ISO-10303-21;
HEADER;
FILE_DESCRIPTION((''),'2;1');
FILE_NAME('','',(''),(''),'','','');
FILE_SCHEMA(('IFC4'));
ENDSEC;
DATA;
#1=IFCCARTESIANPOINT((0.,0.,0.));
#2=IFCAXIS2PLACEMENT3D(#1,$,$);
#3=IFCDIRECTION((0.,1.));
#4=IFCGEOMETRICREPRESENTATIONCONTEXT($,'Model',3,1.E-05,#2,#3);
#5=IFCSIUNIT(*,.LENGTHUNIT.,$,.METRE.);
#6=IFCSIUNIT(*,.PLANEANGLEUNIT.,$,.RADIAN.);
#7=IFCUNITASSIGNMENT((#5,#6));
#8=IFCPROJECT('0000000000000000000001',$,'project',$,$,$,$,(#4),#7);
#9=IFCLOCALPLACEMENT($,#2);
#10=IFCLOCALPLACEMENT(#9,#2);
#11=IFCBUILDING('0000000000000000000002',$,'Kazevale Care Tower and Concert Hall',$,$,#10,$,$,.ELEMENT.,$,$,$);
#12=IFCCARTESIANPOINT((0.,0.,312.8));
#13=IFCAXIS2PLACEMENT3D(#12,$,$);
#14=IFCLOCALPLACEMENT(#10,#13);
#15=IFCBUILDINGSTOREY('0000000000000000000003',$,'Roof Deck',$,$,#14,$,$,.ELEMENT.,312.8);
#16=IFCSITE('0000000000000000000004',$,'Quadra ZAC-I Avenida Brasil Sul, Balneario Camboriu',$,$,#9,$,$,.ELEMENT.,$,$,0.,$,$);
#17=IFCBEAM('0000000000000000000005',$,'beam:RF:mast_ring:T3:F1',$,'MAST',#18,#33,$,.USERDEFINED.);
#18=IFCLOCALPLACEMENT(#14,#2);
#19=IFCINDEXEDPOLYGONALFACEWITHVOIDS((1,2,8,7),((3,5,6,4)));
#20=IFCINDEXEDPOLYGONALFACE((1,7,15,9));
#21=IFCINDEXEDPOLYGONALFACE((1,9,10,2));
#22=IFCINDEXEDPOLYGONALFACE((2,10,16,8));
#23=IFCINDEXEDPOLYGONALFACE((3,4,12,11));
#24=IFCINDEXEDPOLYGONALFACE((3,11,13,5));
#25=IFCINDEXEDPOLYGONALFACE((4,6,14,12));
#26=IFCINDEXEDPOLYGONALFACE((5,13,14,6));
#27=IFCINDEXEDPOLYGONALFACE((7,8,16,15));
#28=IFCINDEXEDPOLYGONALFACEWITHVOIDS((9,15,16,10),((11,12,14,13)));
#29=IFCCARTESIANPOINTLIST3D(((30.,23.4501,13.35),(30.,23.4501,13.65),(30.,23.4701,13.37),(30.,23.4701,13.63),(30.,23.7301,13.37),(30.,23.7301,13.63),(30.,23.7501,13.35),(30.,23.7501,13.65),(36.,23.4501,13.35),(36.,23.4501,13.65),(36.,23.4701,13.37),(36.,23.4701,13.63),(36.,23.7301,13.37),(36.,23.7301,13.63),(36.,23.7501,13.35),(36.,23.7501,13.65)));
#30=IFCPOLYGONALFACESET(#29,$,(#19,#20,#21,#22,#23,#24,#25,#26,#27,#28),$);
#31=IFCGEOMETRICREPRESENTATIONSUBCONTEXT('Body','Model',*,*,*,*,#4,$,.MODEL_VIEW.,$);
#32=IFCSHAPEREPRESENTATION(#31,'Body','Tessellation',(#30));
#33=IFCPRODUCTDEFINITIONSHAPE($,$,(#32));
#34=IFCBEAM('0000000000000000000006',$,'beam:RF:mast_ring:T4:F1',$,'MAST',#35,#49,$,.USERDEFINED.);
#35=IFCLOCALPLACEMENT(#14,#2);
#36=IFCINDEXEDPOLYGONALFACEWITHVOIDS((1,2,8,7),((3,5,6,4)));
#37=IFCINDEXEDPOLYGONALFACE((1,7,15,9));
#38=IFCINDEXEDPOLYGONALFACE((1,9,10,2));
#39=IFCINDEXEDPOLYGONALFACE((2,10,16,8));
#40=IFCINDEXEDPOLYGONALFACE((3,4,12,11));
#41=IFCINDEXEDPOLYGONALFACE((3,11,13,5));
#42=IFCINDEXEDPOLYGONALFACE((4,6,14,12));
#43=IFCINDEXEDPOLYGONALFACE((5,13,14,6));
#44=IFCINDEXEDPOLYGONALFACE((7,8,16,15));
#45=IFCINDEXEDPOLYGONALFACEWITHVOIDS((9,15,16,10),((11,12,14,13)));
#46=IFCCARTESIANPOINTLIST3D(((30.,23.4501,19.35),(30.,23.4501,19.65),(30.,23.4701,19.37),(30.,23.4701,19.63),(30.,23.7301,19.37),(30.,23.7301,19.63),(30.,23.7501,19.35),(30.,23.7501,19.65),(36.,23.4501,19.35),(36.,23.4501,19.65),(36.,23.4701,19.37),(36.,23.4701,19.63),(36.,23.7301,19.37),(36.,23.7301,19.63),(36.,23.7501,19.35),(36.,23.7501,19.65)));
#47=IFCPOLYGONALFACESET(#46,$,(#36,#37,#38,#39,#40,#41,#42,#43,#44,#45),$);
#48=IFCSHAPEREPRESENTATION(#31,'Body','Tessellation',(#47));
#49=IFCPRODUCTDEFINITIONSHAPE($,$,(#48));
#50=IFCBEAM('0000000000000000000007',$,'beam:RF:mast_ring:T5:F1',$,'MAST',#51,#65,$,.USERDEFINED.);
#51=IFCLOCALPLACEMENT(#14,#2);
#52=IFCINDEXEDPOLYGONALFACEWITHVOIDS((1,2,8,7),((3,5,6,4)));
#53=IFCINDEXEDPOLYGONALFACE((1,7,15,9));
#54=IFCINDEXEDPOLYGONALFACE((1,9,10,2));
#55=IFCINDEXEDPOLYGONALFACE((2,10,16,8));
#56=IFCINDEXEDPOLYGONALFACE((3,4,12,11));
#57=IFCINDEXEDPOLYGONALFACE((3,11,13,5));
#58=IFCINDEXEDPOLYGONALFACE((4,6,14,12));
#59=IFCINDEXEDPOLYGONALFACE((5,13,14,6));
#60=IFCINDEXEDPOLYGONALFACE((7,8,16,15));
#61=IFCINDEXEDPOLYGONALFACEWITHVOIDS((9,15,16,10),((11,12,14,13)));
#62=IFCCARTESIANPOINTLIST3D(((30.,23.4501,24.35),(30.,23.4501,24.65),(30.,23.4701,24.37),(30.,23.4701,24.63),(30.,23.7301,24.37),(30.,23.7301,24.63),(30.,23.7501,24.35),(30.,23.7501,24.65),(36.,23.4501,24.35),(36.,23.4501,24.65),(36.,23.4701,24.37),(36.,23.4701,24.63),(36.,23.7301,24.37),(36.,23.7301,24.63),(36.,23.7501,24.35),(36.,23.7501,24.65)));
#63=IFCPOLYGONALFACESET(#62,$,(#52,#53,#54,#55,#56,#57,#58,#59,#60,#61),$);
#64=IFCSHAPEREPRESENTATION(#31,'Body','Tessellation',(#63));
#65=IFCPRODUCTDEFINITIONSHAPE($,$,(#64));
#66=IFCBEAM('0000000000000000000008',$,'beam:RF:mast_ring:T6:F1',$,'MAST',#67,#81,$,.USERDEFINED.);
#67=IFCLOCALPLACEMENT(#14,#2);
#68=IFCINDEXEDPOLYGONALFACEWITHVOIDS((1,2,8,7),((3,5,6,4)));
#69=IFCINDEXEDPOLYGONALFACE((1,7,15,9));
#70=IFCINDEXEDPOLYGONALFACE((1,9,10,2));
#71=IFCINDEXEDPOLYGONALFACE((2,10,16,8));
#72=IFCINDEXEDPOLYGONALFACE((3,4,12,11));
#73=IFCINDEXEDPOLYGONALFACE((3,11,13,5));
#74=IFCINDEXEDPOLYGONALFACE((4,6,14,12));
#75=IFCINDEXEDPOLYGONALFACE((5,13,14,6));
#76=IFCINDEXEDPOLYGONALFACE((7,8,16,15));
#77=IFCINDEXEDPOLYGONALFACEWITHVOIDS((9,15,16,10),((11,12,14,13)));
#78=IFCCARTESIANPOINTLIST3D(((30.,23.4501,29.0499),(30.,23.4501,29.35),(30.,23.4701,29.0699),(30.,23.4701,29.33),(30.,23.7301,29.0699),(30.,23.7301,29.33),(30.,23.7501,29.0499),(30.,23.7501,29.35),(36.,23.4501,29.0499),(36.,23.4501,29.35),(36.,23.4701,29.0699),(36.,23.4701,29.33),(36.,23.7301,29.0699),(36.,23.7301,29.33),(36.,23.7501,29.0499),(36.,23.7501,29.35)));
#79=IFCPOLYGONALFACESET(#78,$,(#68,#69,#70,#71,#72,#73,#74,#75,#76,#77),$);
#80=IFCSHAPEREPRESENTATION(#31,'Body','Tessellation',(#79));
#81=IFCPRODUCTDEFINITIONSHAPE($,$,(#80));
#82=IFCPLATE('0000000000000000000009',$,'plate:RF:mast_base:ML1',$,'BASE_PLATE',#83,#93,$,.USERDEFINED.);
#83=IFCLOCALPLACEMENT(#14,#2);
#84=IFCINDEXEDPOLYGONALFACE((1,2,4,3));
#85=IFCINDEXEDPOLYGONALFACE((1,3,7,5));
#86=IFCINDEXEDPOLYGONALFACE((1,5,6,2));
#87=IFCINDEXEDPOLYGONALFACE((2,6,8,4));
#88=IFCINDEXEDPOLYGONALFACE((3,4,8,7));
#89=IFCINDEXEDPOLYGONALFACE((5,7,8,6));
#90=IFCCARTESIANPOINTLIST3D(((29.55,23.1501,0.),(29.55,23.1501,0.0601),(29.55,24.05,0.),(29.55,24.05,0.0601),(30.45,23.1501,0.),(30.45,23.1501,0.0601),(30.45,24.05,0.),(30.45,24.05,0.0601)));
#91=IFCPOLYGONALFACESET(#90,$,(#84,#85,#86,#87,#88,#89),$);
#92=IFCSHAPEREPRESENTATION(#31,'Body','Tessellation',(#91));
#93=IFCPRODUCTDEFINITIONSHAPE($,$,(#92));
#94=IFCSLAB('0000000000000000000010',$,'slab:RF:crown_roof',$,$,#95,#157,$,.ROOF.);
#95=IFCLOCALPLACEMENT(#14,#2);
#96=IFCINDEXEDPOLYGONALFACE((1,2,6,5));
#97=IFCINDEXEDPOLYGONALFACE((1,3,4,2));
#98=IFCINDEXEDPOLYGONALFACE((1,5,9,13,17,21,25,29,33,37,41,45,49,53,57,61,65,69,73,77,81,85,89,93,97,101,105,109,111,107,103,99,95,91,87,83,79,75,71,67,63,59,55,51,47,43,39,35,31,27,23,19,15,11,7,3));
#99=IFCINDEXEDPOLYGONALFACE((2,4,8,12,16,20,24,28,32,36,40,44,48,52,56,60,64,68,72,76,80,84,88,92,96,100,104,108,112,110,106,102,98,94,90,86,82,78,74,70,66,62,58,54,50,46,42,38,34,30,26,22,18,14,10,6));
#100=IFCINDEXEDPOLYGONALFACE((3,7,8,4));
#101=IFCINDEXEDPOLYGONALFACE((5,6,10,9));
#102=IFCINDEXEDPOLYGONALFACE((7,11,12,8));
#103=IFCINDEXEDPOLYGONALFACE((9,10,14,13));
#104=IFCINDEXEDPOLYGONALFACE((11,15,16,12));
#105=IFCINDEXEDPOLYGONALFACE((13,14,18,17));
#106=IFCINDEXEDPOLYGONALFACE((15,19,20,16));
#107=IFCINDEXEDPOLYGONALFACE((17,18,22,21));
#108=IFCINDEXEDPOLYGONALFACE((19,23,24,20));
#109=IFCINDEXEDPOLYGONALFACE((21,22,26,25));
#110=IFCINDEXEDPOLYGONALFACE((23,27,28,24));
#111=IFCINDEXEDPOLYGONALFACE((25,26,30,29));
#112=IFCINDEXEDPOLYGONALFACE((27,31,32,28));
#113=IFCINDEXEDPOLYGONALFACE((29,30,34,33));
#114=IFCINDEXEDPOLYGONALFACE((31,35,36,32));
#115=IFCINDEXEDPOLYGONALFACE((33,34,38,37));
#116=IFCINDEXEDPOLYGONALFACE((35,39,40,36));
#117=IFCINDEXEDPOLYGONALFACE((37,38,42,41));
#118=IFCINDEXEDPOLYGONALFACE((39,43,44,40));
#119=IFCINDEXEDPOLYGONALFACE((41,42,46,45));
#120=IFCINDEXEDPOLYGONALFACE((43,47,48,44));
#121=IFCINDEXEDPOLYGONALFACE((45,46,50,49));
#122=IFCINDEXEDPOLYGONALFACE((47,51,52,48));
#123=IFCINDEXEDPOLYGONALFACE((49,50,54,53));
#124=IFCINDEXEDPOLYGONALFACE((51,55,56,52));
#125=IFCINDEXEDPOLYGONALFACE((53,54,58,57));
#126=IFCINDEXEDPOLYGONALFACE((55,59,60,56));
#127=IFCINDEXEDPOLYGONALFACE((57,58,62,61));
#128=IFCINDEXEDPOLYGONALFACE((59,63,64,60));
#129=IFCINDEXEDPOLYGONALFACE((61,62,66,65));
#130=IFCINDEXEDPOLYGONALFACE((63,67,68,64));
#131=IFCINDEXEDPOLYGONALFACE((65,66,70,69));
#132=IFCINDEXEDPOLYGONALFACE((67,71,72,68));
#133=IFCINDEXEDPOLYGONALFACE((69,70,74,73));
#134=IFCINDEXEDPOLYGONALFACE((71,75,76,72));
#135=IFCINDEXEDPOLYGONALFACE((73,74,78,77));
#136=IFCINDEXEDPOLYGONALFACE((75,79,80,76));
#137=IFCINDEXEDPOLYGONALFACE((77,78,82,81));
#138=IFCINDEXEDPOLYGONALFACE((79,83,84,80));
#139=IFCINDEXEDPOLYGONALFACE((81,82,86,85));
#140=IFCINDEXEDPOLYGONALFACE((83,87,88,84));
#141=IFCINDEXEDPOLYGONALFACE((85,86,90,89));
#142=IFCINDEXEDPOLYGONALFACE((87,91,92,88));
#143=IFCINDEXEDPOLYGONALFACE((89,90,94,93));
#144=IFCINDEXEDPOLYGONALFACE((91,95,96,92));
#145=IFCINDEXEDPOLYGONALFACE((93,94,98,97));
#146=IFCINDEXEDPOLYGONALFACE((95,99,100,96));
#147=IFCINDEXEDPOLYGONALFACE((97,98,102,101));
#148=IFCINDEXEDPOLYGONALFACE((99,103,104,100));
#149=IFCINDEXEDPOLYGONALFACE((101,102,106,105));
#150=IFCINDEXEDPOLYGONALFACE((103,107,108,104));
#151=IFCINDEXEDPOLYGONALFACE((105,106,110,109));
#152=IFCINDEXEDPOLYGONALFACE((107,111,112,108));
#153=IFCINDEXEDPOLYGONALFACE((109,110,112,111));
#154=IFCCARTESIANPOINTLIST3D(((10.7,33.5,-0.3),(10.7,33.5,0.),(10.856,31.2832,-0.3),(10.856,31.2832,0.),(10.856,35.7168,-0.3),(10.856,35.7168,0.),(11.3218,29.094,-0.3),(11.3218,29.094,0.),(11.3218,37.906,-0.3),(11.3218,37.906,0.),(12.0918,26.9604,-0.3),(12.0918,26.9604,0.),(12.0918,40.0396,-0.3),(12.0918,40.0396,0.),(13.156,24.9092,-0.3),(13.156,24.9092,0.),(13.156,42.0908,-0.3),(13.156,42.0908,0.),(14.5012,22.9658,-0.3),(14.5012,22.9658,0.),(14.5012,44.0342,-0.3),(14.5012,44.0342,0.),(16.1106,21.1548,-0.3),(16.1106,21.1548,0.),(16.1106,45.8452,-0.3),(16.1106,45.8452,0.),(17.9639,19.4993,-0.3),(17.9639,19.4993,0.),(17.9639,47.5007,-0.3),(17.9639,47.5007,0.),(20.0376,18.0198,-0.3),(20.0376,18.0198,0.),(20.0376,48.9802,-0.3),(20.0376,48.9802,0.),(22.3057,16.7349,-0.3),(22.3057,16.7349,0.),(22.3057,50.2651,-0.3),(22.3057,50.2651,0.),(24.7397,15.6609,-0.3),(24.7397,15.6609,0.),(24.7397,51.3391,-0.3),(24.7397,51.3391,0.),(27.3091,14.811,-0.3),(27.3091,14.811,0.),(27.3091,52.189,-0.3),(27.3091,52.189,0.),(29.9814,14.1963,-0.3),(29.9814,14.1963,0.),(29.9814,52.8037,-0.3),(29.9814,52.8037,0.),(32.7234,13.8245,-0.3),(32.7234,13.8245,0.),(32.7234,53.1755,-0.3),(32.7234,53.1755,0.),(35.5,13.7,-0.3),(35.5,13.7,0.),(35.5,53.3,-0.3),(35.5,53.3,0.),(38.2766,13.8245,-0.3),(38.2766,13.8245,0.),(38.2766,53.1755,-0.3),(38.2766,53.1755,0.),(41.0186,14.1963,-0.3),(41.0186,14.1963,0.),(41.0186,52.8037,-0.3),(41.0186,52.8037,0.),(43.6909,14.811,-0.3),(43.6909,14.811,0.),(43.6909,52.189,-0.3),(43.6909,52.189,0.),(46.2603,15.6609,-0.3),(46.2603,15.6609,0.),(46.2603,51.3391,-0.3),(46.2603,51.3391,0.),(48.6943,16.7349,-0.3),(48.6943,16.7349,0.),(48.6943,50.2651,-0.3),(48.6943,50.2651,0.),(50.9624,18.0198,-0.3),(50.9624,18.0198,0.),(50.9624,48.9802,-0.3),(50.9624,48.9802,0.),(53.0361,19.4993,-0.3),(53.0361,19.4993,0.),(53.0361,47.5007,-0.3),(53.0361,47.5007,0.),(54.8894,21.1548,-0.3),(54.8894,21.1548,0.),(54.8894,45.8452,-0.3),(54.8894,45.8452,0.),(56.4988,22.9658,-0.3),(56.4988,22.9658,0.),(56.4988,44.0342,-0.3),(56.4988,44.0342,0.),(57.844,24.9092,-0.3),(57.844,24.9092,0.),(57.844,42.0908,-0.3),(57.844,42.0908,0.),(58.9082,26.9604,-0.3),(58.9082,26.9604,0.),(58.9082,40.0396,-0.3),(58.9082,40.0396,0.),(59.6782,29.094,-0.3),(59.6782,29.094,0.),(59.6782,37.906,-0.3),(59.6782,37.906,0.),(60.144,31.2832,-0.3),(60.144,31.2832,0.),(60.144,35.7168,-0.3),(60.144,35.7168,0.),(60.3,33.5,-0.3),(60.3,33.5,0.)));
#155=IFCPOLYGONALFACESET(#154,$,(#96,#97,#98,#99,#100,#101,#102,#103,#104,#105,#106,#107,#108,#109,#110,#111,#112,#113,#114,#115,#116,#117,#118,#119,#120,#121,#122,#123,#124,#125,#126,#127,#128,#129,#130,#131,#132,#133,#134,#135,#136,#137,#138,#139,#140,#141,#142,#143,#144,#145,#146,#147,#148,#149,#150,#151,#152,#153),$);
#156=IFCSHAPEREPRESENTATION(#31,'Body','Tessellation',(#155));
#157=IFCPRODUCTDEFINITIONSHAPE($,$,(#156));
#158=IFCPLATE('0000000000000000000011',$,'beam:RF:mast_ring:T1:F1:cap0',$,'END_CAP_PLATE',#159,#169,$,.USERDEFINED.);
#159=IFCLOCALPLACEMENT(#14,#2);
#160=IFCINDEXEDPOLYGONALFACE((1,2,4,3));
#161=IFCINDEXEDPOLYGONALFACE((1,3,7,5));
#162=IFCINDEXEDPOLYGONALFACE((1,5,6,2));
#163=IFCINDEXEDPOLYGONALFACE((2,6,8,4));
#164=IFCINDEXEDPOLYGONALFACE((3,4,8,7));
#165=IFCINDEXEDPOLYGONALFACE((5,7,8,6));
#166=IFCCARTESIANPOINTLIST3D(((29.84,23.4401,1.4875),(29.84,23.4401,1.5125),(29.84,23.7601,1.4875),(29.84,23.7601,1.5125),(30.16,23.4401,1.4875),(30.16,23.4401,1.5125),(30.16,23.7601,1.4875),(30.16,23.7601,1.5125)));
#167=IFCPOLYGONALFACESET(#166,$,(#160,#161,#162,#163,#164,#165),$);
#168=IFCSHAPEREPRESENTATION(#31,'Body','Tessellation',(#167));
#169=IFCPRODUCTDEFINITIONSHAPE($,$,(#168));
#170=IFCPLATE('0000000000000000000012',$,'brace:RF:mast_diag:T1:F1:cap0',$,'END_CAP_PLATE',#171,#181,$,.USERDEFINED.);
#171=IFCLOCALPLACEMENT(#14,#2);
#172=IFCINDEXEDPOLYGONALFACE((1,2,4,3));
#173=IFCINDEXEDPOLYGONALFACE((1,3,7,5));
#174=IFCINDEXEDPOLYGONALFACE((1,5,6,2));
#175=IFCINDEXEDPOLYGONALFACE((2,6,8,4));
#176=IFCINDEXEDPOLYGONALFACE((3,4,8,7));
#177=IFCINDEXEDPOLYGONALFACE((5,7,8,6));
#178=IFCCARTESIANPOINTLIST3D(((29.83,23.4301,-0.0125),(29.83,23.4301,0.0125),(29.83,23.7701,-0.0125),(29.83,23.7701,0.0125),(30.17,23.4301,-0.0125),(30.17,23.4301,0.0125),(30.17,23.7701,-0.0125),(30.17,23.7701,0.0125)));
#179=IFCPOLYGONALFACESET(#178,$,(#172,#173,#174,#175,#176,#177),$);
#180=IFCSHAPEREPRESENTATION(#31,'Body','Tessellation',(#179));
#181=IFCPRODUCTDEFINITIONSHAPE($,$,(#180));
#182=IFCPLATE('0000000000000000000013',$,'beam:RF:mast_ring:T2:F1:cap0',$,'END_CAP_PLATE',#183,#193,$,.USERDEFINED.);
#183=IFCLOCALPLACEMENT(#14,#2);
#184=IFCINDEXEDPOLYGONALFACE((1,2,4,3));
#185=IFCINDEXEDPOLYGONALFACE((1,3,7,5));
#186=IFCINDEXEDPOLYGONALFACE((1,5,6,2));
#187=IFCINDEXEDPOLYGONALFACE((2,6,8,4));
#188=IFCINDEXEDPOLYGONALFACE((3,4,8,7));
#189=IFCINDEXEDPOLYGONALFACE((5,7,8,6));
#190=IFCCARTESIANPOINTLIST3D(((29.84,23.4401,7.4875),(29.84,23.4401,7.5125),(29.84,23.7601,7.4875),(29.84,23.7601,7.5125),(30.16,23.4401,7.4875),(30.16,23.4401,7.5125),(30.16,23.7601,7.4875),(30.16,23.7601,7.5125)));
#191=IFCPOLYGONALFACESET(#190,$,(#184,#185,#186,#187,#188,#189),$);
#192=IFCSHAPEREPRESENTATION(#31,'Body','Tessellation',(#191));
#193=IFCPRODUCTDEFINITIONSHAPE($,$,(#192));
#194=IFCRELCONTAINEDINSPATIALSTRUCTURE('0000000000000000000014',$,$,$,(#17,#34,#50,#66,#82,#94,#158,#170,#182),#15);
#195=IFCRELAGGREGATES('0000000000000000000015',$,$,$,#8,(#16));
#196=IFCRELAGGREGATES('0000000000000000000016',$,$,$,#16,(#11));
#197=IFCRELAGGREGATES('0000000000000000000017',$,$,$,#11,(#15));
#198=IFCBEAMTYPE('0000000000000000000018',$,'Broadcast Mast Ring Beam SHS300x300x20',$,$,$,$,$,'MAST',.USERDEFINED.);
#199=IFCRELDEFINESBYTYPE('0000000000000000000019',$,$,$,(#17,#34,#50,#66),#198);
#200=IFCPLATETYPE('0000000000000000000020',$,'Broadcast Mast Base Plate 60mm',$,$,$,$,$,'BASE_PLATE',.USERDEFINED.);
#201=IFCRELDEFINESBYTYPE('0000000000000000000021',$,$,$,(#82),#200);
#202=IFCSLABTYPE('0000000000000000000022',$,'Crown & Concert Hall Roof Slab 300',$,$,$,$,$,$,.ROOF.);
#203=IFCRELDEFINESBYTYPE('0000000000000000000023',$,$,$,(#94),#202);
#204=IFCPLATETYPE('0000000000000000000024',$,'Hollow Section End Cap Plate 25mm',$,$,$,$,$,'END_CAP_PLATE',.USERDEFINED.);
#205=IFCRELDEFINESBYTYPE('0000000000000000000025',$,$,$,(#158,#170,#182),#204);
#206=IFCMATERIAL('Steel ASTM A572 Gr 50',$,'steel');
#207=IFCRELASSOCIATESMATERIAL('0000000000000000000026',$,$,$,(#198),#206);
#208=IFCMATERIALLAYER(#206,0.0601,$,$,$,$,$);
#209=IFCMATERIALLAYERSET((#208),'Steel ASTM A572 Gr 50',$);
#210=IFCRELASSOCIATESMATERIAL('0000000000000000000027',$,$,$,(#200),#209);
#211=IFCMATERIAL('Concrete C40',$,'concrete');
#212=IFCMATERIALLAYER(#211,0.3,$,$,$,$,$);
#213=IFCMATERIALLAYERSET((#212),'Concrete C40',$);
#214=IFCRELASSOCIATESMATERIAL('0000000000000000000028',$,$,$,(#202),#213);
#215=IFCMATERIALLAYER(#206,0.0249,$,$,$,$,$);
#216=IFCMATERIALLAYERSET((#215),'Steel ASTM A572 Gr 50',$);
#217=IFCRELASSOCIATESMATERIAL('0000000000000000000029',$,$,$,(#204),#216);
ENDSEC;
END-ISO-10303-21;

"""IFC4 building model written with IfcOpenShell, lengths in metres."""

from ifc_helpers import new_model, si_unit, direction, frame, origin, origin_2d, place, context, subcontext, project, spatial, polyline, rectangle, hollow_rectangle, outline, extrude, material, layer, layer_set, material_profile, profile_set, type_object, element, save


model = new_model("IFC4")

# Units and contexts
model_context = context("Model", 3, precision=1e-05, world=origin(), true_north=direction((0.0, 1.0)))
body_context = subcontext(model_context, "Body", "Model", "MODEL_VIEW")
ifc_project = project(units=[si_unit("LENGTHUNIT", "METRE"), si_unit("PLANEANGLEUNIT", "RADIAN")], contexts=[model_context])

# Site, building, storey
site_placement = place(None, origin())
site = spatial("IfcSite", under=ifc_project, at=site_placement, Name="Quadra ZAC-I Avenida Brasil Sul, Balneario Camboriu", CompositionType="ELEMENT", RefElevation=0.0)
building_placement = place(site_placement, origin())
building = spatial("IfcBuilding", under=site, at=building_placement, Name="Kazevale Care Tower and Concert Hall", CompositionType="ELEMENT")
storey_placement = place(building_placement, frame((0.0, 0.0, 312.8)))
storey = spatial("IfcBuildingStorey", under=building, at=storey_placement, Name="Roof Deck", CompositionType="ELEMENT", Elevation=312.8)

# Shared definitions
ifc_material_1 = material(Name="Steel ASTM A572 Gr 50", Category="steel")

# Beams
ifc_material_profile_1 = material_profile(ifc_material_1, hollow_rectangle(XDim=0.3, YDim=0.3, WallThickness=0.02, at=origin_2d()), Name="SHS300x300x20")
ifc_profile_set_1 = profile_set([ifc_material_profile_1], Name="Steel ASTM A572 Gr 50")
beam_type = type_object("IfcBeamType", Name="Broadcast Mast Ring Beam SHS300x300x20", ElementType="MAST", PredefinedType="USERDEFINED", material=ifc_profile_set_1)
for number, where, z_axis, x_axis, name in (
    (1, (30.0, 23.6001, 13.5), (1.0, 0.0, 0.0), (0.0, 1.0, 0.0), "beam:RF:mast_ring:T3:F1"),
    (2, (30.0, 23.6001, 19.5), (1.0, 0.0, 0.0), (0.0, 1.0, 0.0), "beam:RF:mast_ring:T4:F1"),
    (3, (30.0, 23.6001, 24.5), (1.0, 0.0, 0.0), (0.0, 1.0, 0.0), "beam:RF:mast_ring:T5:F1"),
    (4, (30.0, 23.6001, 29.2), (1.0, 0.0, 0.0), (0.0, 1.0, 0.0), "beam:RF:mast_ring:T6:F1"),
):
    element("IfcBeam", number, at=place(storey_placement, frame(where, z_axis=z_axis, x_axis=x_axis)), inside=storey, type_object=beam_type, Name=name, ObjectType="MAST", PredefinedType="USERDEFINED", context=body_context, shape_type="SweptSolid", body=[
        extrude(hollow_rectangle(XDim=0.3, YDim=0.3, WallThickness=0.02, at=origin_2d()), origin(), (0.0, 0.0, 1.0), 6.0),
    ])

# Plate
ifc_layer_1 = layer(ifc_material_1, 0.0601)
ifc_layer_set_1 = layer_set([ifc_layer_1], Name="Steel ASTM A572 Gr 50")
plate_type_1 = type_object("IfcPlateType", Name="Broadcast Mast Base Plate 60mm", ElementType="BASE_PLATE", PredefinedType="USERDEFINED", material=ifc_layer_set_1)
plate_1_placement = place(storey_placement, frame((30.0, 23.6001, 0.0), z_axis=(0.0, 0.0, 1.0), x_axis=(1.0, 0.0, 0.0)))
element("IfcPlate", 5, at=plate_1_placement, inside=storey, type_object=plate_type_1, Name="plate:RF:mast_base:ML1", ObjectType="BASE_PLATE", PredefinedType="USERDEFINED", context=body_context, shape_type="SweptSolid", body=[
    extrude(rectangle(XDim=0.8999, YDim=0.8999, at=origin_2d()), origin(), (0.0, 0.0, 1.0), 0.0601),
])

# Slab
ifc_material_2 = material(Name="Concrete C40", Category="concrete")
ifc_layer_2 = layer(ifc_material_2, 0.3)
ifc_layer_set_2 = layer_set([ifc_layer_2], Name="Concrete C40")
slab_type = type_object("IfcSlabType", Name="Crown & Concert Hall Roof Slab 300", PredefinedType="ROOF", material=ifc_layer_set_2)
slab_placement = place(storey_placement, frame((0.0, 0.0, -0.3)))
element("IfcSlab", 6, at=slab_placement, inside=storey, type_object=slab_type, Name="slab:RF:crown_roof", PredefinedType="ROOF", context=body_context, shape_type="SweptSolid", body=[
    extrude(outline(polyline([(60.3, 33.5), (60.144, 35.7168), (59.6782, 37.906), (58.9082, 40.0396), (57.844, 42.0908), (56.4988, 44.0342), (54.8894, 45.8452), (53.0361, 47.5007), (50.9624, 48.9802), (48.6943, 50.2651), (46.2603, 51.3391), (43.6909, 52.189), (41.0186, 52.8037), (38.2766, 53.1755), (35.5, 53.3), (32.7234, 53.1755), (29.9814, 52.8037), (27.3091, 52.189), (24.7397, 51.3391), (22.3057, 50.2651), (20.0376, 48.9802), (17.9639, 47.5007), (16.1106, 45.8452), (14.5012, 44.0342), (13.156, 42.0908), (12.0918, 40.0396), (11.3218, 37.906), (10.856, 35.7168), (10.7, 33.5), (10.856, 31.2832), (11.3218, 29.094), (12.0918, 26.9604), (13.156, 24.9092), (14.5012, 22.9658), (16.1106, 21.1548), (17.9639, 19.4993), (20.0376, 18.0198), (22.3057, 16.7349), (24.7397, 15.6609), (27.3091, 14.811), (29.9814, 14.1963), (32.7234, 13.8245), (35.5, 13.7), (38.2766, 13.8245), (41.0186, 14.1963), (43.6909, 14.811), (46.2603, 15.6609), (48.6943, 16.7349), (50.9624, 18.0198), (53.0361, 19.4993), (54.8894, 21.1548), (56.4988, 22.9658), (57.844, 24.9092), (58.9082, 26.9604), (59.6782, 29.094), (60.144, 31.2832), (60.3, 33.5)])), origin(), (0.0, 0.0, 1.0), 0.3),
])

# Plates
ifc_layer_3 = layer(ifc_material_1, 0.0249)
ifc_layer_set_3 = layer_set([ifc_layer_3], Name="Steel ASTM A572 Gr 50")
plate_type_2 = type_object("IfcPlateType", Name="Hollow Section End Cap Plate 25mm", ElementType="END_CAP_PLATE", PredefinedType="USERDEFINED", material=ifc_layer_set_3)
plate_2_placement = place(storey_placement, frame((30.0, 23.6001, 1.4875), z_axis=(0.0, 0.0, 1.0), x_axis=(1.0, 0.0, 0.0)))
element("IfcPlate", 7, at=plate_2_placement, inside=storey, type_object=plate_type_2, Name="beam:RF:mast_ring:T1:F1:cap0", ObjectType="END_CAP_PLATE", PredefinedType="USERDEFINED", context=body_context, shape_type="SweptSolid", body=[
    extrude(rectangle(XDim=0.3201, YDim=0.3201, at=origin_2d()), origin(), (0.0, 0.0, 1.0), 0.0249),
])
plate_3_placement = place(storey_placement, frame((30.0, 23.6001, -0.0125), z_axis=(0.0, 0.0, 1.0), x_axis=(1.0, 0.0, 0.0)))
element("IfcPlate", 8, at=plate_3_placement, inside=storey, type_object=plate_type_2, Name="brace:RF:mast_diag:T1:F1:cap0", ObjectType="END_CAP_PLATE", PredefinedType="USERDEFINED", context=body_context, shape_type="SweptSolid", body=[
    extrude(rectangle(XDim=0.3401, YDim=0.3401, at=origin_2d()), origin(), (0.0, 0.0, 1.0), 0.0249),
])
for number, where, z_axis, x_axis, name in (
    (9, (30.0, 23.6001, 7.4875), (0.0, 0.0, 1.0), (1.0, 0.0, 0.0), "beam:RF:mast_ring:T2:F1:cap0"),
):
    element("IfcPlate", number, at=place(storey_placement, frame(where, z_axis=z_axis, x_axis=x_axis)), inside=storey, type_object=plate_type_2, Name=name, ObjectType="END_CAP_PLATE", PredefinedType="USERDEFINED", context=body_context, shape_type="SweptSolid", body=[
        extrude(rectangle(XDim=0.3201, YDim=0.3201, at=origin_2d()), origin(), (0.0, 0.0, 1.0), 0.0249),
    ])

save(model, "model.ifc")
